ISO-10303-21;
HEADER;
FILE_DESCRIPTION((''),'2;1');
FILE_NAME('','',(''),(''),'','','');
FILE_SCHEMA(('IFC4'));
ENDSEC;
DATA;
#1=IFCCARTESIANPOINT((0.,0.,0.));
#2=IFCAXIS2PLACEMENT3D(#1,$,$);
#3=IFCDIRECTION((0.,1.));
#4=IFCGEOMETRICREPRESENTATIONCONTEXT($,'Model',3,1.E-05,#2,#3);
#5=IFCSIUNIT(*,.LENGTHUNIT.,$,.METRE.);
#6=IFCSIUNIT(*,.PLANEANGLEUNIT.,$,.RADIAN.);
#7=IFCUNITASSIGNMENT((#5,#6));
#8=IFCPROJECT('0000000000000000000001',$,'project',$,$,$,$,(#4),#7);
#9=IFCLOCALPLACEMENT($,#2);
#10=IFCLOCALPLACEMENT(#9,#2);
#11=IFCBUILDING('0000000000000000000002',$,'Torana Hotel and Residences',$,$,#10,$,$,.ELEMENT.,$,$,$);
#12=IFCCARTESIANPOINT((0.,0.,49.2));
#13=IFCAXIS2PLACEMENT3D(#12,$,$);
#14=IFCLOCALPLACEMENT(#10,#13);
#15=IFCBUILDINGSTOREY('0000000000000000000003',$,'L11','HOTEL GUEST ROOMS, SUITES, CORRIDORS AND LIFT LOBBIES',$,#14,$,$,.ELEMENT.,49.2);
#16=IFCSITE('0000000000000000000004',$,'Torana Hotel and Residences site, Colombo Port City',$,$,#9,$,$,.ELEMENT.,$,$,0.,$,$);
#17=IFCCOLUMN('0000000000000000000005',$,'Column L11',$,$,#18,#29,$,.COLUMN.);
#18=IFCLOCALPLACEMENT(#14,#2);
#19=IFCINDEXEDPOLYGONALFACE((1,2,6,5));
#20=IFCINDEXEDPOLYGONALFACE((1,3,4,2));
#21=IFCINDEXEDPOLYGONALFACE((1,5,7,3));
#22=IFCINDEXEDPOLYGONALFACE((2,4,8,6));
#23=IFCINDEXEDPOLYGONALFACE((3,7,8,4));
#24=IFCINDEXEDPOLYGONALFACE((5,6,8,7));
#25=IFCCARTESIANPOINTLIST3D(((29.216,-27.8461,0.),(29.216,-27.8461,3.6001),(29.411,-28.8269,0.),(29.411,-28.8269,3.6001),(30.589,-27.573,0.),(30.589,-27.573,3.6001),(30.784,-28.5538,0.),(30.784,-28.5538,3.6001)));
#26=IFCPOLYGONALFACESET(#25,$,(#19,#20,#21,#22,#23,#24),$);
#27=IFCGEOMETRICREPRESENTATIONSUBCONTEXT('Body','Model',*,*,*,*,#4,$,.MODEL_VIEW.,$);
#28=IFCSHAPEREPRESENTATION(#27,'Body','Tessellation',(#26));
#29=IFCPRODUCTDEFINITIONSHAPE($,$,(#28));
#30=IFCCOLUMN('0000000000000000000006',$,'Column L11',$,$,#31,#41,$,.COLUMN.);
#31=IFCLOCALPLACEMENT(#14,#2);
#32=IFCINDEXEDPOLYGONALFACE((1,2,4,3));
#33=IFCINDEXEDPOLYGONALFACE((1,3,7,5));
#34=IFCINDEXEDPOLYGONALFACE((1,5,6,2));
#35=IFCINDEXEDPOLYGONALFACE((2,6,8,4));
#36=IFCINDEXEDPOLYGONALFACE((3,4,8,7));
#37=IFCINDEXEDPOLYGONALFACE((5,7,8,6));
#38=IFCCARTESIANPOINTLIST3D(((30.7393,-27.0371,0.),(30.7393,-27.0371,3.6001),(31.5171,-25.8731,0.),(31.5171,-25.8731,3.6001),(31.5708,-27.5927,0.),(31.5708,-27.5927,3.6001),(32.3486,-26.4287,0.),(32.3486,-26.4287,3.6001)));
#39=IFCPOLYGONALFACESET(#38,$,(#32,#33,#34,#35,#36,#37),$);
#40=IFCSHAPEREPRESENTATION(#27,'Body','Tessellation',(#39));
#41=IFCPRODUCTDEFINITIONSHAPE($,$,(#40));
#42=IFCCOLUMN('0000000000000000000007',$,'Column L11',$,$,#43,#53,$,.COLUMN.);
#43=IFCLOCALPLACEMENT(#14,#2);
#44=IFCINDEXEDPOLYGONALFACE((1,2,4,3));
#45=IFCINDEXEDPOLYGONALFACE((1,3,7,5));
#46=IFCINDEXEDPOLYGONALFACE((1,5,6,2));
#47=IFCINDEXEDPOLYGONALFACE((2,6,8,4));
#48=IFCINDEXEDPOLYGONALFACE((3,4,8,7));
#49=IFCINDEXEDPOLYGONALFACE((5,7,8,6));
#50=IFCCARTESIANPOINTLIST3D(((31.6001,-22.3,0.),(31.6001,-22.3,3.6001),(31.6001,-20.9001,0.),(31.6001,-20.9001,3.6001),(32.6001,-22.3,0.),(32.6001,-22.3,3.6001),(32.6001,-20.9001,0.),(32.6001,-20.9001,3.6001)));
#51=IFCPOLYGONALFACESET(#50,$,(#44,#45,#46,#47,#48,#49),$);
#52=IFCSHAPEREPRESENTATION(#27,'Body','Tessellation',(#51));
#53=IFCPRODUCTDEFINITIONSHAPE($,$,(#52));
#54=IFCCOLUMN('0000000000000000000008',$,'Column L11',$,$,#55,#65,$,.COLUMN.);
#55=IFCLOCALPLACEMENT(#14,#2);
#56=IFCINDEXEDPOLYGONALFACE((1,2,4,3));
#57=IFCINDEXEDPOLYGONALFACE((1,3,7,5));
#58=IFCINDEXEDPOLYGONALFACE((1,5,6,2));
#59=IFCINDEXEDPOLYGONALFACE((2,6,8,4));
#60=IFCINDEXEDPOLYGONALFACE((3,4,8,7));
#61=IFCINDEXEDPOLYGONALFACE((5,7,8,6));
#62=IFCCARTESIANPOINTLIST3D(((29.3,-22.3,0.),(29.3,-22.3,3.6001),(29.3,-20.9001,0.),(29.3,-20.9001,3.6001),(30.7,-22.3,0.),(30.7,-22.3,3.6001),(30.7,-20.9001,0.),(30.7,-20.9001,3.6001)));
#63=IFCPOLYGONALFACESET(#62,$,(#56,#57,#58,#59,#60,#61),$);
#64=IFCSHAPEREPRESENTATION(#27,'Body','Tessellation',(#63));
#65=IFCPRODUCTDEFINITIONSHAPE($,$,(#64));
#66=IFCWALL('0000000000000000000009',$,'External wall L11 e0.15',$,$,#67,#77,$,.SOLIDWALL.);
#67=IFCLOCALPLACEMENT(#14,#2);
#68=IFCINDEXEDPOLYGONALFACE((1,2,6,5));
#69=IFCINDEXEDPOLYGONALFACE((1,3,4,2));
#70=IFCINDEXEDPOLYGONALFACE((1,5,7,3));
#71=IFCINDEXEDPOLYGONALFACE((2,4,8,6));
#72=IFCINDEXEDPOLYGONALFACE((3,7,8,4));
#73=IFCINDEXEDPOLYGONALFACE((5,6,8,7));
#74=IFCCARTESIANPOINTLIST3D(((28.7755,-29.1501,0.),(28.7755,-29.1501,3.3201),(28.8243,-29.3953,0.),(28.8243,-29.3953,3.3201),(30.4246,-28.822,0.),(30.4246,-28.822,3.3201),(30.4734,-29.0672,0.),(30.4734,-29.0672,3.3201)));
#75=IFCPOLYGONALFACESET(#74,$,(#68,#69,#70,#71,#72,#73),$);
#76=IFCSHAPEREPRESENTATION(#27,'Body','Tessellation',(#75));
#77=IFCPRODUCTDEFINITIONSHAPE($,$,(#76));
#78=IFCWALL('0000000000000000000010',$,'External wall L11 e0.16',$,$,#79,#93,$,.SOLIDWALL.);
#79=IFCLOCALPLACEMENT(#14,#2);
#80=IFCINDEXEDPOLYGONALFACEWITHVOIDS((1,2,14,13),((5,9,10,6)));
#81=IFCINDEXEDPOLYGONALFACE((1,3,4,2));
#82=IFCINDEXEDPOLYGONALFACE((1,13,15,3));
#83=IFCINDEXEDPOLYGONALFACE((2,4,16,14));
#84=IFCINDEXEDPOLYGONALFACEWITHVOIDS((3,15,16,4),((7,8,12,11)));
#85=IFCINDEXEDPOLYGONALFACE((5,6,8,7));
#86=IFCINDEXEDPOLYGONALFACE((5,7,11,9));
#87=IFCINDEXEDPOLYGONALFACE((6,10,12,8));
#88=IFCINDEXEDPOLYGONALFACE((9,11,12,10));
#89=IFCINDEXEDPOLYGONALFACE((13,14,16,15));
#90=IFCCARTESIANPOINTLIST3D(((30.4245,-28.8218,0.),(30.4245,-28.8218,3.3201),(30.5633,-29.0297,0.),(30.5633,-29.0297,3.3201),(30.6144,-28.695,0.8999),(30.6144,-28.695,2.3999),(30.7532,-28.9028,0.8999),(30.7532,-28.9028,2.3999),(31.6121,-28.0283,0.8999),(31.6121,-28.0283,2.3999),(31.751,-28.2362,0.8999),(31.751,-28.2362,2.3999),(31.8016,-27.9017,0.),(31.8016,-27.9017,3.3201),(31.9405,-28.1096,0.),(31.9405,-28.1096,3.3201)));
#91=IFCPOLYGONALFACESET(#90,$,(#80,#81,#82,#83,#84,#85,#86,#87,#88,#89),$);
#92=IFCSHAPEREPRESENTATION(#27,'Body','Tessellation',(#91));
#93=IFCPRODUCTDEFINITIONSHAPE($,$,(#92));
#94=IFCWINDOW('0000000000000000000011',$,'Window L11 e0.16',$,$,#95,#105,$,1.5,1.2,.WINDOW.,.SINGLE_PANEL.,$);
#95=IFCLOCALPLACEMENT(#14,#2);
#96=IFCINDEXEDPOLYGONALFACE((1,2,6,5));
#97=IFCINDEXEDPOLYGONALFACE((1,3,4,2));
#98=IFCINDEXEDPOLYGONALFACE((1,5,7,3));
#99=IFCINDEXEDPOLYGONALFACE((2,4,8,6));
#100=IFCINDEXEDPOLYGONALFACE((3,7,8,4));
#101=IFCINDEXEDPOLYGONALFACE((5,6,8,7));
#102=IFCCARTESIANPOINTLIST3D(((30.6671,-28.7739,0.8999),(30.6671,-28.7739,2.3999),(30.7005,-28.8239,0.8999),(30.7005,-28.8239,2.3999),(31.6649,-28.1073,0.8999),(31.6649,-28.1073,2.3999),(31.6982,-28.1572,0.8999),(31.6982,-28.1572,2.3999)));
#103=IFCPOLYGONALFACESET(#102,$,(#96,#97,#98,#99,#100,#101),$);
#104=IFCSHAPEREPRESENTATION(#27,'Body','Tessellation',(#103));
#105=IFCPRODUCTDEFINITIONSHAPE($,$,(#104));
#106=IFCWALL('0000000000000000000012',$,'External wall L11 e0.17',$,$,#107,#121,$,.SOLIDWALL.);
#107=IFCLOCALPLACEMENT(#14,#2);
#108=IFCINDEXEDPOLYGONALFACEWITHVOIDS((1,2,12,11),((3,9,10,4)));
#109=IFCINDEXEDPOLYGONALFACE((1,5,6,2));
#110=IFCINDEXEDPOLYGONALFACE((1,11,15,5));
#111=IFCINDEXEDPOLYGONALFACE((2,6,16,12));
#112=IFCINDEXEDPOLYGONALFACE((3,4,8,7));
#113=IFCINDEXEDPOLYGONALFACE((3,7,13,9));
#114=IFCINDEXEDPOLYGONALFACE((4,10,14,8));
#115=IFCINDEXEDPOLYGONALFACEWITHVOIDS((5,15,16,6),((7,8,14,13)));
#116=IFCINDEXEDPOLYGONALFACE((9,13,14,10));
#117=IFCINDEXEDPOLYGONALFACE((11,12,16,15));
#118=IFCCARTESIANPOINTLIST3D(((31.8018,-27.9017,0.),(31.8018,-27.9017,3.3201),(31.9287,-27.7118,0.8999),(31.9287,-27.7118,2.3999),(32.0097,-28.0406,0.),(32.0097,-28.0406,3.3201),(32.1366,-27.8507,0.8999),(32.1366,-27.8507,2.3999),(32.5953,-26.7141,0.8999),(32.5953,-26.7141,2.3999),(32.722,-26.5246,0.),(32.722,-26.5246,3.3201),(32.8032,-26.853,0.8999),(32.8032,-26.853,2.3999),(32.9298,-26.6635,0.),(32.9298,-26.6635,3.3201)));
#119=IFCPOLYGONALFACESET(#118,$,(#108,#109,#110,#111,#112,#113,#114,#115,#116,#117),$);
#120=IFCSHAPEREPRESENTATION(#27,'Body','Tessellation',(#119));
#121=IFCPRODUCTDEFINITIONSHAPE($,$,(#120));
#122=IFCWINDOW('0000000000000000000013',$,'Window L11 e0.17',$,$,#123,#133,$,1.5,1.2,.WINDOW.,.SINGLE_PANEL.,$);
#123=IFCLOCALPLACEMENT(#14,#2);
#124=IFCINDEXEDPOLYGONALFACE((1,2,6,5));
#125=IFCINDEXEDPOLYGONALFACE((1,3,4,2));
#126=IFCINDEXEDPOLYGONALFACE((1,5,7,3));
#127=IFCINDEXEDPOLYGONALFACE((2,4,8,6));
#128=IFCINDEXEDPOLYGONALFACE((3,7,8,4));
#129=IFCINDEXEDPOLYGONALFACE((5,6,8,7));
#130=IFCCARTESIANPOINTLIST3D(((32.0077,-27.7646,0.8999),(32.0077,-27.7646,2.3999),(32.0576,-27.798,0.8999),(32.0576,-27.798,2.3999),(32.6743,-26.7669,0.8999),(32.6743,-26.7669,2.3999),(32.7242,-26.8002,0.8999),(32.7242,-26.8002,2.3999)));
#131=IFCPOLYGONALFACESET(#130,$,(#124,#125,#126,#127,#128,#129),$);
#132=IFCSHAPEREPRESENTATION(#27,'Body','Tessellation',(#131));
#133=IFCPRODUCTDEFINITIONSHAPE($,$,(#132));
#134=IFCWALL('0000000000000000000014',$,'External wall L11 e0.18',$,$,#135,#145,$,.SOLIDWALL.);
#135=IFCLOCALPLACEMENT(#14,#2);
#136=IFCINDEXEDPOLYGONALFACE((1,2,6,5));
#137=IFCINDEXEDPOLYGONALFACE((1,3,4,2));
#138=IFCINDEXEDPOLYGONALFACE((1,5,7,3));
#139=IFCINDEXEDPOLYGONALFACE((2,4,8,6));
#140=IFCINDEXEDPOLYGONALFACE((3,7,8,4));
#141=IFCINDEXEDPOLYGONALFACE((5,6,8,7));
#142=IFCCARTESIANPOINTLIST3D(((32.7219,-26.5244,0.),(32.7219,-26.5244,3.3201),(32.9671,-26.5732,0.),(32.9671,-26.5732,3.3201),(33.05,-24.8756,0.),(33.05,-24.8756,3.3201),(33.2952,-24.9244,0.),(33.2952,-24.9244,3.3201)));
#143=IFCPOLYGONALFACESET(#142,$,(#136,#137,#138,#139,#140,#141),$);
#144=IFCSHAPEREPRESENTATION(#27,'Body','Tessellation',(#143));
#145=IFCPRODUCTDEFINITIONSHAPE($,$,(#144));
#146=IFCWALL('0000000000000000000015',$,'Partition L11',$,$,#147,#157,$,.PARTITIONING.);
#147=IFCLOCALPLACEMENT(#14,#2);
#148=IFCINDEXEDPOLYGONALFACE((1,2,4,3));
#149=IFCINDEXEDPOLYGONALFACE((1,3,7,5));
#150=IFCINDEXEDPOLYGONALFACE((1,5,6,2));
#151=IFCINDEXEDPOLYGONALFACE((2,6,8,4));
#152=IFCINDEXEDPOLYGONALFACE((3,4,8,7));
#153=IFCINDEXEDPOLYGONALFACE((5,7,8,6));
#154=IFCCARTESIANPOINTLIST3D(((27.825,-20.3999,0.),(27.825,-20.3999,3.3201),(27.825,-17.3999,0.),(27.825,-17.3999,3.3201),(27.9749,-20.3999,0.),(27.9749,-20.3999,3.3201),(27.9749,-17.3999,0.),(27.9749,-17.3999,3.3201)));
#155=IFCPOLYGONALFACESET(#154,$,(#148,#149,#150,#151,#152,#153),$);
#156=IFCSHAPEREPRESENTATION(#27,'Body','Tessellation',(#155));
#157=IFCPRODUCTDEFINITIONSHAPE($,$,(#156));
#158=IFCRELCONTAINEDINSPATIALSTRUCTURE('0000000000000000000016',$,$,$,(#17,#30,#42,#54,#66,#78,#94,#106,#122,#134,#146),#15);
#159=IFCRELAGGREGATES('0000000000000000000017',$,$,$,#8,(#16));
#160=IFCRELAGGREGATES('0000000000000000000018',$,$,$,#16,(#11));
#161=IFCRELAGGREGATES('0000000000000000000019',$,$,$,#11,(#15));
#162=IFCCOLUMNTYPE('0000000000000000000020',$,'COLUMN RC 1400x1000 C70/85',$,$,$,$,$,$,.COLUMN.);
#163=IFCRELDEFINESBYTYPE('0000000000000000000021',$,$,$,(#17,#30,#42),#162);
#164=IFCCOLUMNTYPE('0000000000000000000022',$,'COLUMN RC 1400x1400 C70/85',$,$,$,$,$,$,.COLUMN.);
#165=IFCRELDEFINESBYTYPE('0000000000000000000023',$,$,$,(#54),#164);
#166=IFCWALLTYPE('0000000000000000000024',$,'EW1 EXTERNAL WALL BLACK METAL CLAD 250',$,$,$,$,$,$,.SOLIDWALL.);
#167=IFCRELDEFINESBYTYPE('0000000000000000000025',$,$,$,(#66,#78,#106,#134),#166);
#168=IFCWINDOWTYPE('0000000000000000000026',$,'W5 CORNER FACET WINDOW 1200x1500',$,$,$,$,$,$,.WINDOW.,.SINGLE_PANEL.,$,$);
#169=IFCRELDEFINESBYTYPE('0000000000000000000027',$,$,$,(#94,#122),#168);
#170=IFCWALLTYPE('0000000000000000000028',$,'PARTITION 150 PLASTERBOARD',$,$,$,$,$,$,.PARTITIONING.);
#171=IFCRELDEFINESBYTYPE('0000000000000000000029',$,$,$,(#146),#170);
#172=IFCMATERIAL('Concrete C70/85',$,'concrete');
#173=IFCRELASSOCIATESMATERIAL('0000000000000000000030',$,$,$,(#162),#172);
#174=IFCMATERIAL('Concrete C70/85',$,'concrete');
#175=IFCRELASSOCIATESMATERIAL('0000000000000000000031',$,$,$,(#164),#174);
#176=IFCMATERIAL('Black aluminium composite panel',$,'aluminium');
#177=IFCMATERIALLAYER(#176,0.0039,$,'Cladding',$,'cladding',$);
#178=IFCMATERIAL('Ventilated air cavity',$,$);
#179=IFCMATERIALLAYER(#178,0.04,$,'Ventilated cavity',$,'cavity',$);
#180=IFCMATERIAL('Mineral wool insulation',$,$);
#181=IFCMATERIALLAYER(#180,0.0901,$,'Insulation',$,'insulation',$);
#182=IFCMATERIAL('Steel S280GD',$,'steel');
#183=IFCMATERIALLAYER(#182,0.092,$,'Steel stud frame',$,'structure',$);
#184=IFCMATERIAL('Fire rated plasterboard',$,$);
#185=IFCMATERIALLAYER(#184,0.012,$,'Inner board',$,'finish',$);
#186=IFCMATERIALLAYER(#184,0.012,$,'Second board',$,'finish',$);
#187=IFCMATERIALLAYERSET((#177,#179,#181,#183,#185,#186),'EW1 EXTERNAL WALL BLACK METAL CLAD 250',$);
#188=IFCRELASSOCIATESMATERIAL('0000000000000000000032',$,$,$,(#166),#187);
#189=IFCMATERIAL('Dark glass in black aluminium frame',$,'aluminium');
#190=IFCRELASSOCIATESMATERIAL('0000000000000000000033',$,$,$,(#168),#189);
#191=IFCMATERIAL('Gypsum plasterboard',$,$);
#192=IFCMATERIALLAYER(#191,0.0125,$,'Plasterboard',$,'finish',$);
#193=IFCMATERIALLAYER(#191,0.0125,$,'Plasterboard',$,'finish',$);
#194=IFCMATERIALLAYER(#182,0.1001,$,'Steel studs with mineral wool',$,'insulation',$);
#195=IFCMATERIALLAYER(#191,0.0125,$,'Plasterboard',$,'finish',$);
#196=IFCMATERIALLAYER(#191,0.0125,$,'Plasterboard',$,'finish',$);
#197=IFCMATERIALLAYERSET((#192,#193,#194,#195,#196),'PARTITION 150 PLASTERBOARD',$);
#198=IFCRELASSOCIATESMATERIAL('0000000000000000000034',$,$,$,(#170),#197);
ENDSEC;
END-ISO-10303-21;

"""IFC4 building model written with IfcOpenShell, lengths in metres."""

from ifc_helpers import new_model, si_unit, direction, frame, frame_2d, origin, origin_2d, place, context, subcontext, project, spatial, rectangle, extrude, material, layer, layer_set, material_profile, profile_set, type_object, element, fill, save


model = new_model("IFC4")

# Units and contexts
model_context = context("Model", 3, precision=1e-05, world=origin(), true_north=direction((0.0, 1.0)))
body_context = subcontext(model_context, "Body", "Model", "MODEL_VIEW")
ifc_project = project(units=[si_unit("LENGTHUNIT", "METRE"), si_unit("PLANEANGLEUNIT", "RADIAN")], contexts=[model_context])

# Site, building, storey
site_placement = place(None, origin())
site = spatial("IfcSite", under=ifc_project, at=site_placement, Name="Torana Hotel and Residences site, Colombo Port City", CompositionType="ELEMENT", RefElevation=0.0)
building_placement = place(site_placement, origin())
building = spatial("IfcBuilding", under=site, at=building_placement, Name="Torana Hotel and Residences", CompositionType="ELEMENT")
storey_placement = place(building_placement, frame((0.0, 0.0, 49.2)))
storey = spatial("IfcBuildingStorey", under=building, at=storey_placement, Name="L11", Description="HOTEL GUEST ROOMS, SUITES, CORRIDORS AND LIFT LOBBIES", CompositionType="ELEMENT", Elevation=49.2)

# Columns
ifc_material_1 = material(Name="Concrete C70/85", Category="concrete")
ifc_material_profile_1 = material_profile(ifc_material_1, rectangle(XDim=1.3999, YDim=1.0, at=origin_2d()), Name="RC 1400x1000")
ifc_profile_set_1 = profile_set([ifc_material_profile_1], Name="Concrete C70/85")
column_type_1 = type_object("IfcColumnType", Name="COLUMN RC 1400x1000 C70/85", PredefinedType="COLUMN", material=ifc_profile_set_1)
for number, where, z_axis, x_axis, name in (
    (1, (30.0, -28.2, 0.0), (0.0, 0.0, 1.0), (0.980792, 0.195056, 0.0), "Column L11"),
    (2, (31.5439, -26.7329, 0.0), (0.0, 0.0, 1.0), (0.555585, 0.83146, 0.0), "Column L11"),
    (3, (32.1001, -21.6001, 0.0), (0.0, 0.0, 1.0), (0.0, 1.0, 0.0), "Column L11"),
):
    element("IfcColumn", number, at=place(storey_placement, frame(where, z_axis=z_axis, x_axis=x_axis)), inside=storey, type_object=column_type_1, Name=name, PredefinedType="COLUMN", context=body_context, shape_type="SweptSolid", body=[
        extrude(rectangle(XDim=1.3999, YDim=1.0, at=origin_2d()), origin(), (0.0, 0.0, 1.0), 3.6001),
    ])
ifc_material_2 = material(Name="Concrete C70/85", Category="concrete")
ifc_material_profile_2 = material_profile(ifc_material_2, rectangle(XDim=1.3999, YDim=1.3999, at=origin_2d()), Name="RC 1400x1400")
ifc_profile_set_2 = profile_set([ifc_material_profile_2], Name="Concrete C70/85")
column_type_2 = type_object("IfcColumnType", Name="COLUMN RC 1400x1400 C70/85", PredefinedType="COLUMN", material=ifc_profile_set_2)
column_placement = place(storey_placement, frame((30.0, -21.6001, 0.0), z_axis=(0.0, 0.0, 1.0), x_axis=(1.0, 0.0, 0.0)))
element("IfcColumn", 4, at=column_placement, inside=storey, type_object=column_type_2, Name="Column L11", PredefinedType="COLUMN", context=body_context, shape_type="SweptSolid", body=[
    extrude(rectangle(XDim=1.3999, YDim=1.3999, at=origin_2d()), origin(), (0.0, 0.0, 1.0), 3.6001),
])

# Wall
ifc_material_3 = material(Name="Black aluminium composite panel", Category="aluminium")
ifc_layer_1 = layer(ifc_material_3, 0.0039, Name="Cladding", Category="cladding")
ifc_material_4 = material(Name="Ventilated air cavity")
ifc_layer_2 = layer(ifc_material_4, 0.04, Name="Ventilated cavity", Category="cavity")
ifc_material_5 = material(Name="Mineral wool insulation")
ifc_layer_3 = layer(ifc_material_5, 0.0901, Name="Insulation", Category="insulation")
ifc_material_6 = material(Name="Steel S280GD", Category="steel")
ifc_layer_4 = layer(ifc_material_6, 0.092, Name="Steel stud frame", Category="structure")
ifc_material_7 = material(Name="Fire rated plasterboard")
ifc_layer_5 = layer(ifc_material_7, 0.012, Name="Inner board", Category="finish")
ifc_layer_6 = layer(ifc_material_7, 0.012, Name="Second board", Category="finish")
ifc_layer_set_1 = layer_set([ifc_layer_1, ifc_layer_2, ifc_layer_3, ifc_layer_4, ifc_layer_5, ifc_layer_6], Name="EW1 EXTERNAL WALL BLACK METAL CLAD 250")
wall_type_1 = type_object("IfcWallType", Name="EW1 EXTERNAL WALL BLACK METAL CLAD 250", PredefinedType="SOLIDWALL", material=ifc_layer_set_1)
wall_1_placement = place(storey_placement, frame((28.7998, -29.2727, 0.0), z_axis=(0.0, 0.0, 1.0), x_axis=(0.980776, 0.195139, 0.0)))
element("IfcWall", 5, at=wall_1_placement, inside=storey, type_object=wall_type_1, Name="External wall L11 e0.15", PredefinedType="SOLIDWALL", context=body_context, shape_type="SweptSolid", body=[
    extrude(rectangle(XDim=1.6814, YDim=0.25, at=frame_2d((0.8408, 0.0))), origin(), (0.0, 0.0, 1.0), 3.3201),
])

# Walls, openings, windows
wall_2_placement = place(storey_placement, frame((30.4939, -28.9258, 0.0), z_axis=(0.0, 0.0, 1.0), x_axis=(0.831483, 0.55555, 0.0)))
wall_2 = element("IfcWall", 6, at=wall_2_placement, inside=storey, type_object=wall_type_1, Name="External wall L11 e0.16", PredefinedType="SOLIDWALL", context=body_context, shape_type="SweptSolid", body=[
    extrude(rectangle(XDim=1.6562, YDim=0.25, at=frame_2d((0.8281, 0.0))), origin(), (0.0, 0.0, 1.0), 3.3201),
])
opening_1_placement = place(wall_2_placement, frame((0.2283, 0.0, 0.8999)))
opening_1 = element("IfcOpeningElement", 7, at=opening_1_placement, cuts=wall_2, PredefinedType="OPENING", context=body_context, shape_type="SweptSolid", body=[
    extrude(rectangle(XDim=1.2, YDim=1.5, at=frame_2d((0.6001, 0.75))), frame((0.0, 0.135, 0.0), z_axis=(0.0, -1.0, 0.0), x_axis=(1.0, 0.0, 0.0)), (0.0, 0.0, 1.0), 0.27),
])
ifc_material_8 = material(Name="Dark glass in black aluminium frame", Category="aluminium")
window_type_1 = type_object("IfcWindowType", Name="W5 CORNER FACET WINDOW 1200x1500", PartitioningType="SINGLE_PANEL", PredefinedType="WINDOW", material=ifc_material_8)
window_1_placement = place(opening_1_placement, origin())
window_1 = element("IfcWindow", 8, at=window_1_placement, inside=storey, type_object=window_type_1, Name="Window L11 e0.16", OverallHeight=1.5, OverallWidth=1.2, PartitioningType="SINGLE_PANEL", PredefinedType="WINDOW", context=body_context, shape_type="SweptSolid", body=[
    extrude(rectangle(XDim=1.2, YDim=1.5, at=frame_2d((0.6001, 0.75))), frame((0.0, 0.03, 0.0), z_axis=(0.0, -1.0, 0.0), x_axis=(1.0, 0.0, 0.0)), (0.0, 0.0, 1.0), 0.0601),
])
fill(opening_1, window_1)
wall_3_placement = place(storey_placement, frame((31.9058, -27.9712, 0.0), z_axis=(0.0, 0.0, 1.0), x_axis=(0.55555, 0.831483, 0.0)))
wall_3 = element("IfcWall", 9, at=wall_3_placement, inside=storey, type_object=wall_type_1, Name="External wall L11 e0.17", PredefinedType="SOLIDWALL", context=body_context, shape_type="SweptSolid", body=[
    extrude(rectangle(XDim=1.6562, YDim=0.25, at=frame_2d((0.8281, 0.0))), origin(), (0.0, 0.0, 1.0), 3.3201),
])
opening_2_placement = place(wall_3_placement, frame((0.2283, 0.0, 0.8999)))
opening_2 = element("IfcOpeningElement", 10, at=opening_2_placement, cuts=wall_3, PredefinedType="OPENING", context=body_context, shape_type="SweptSolid", body=[
    extrude(rectangle(XDim=1.2, YDim=1.5, at=frame_2d((0.6001, 0.75))), frame((0.0, 0.135, 0.0), z_axis=(0.0, -1.0, 0.0), x_axis=(1.0, 0.0, 0.0)), (0.0, 0.0, 1.0), 0.27),
])
window_2_placement = place(opening_2_placement, origin())
window_2 = element("IfcWindow", 11, at=window_2_placement, inside=storey, type_object=window_type_1, Name="Window L11 e0.17", OverallHeight=1.5, OverallWidth=1.2, PartitioningType="SINGLE_PANEL", PredefinedType="WINDOW", context=body_context, shape_type="SweptSolid", body=[
    extrude(rectangle(XDim=1.2, YDim=1.5, at=frame_2d((0.6001, 0.75))), frame((0.0, 0.03, 0.0), z_axis=(0.0, -1.0, 0.0), x_axis=(1.0, 0.0, 0.0)), (0.0, 0.0, 1.0), 0.0601),
])
fill(opening_2, window_2)

# Wall
wall_4_placement = place(storey_placement, frame((32.8445, -26.5488, 0.0), z_axis=(0.0, 0.0, 1.0), x_axis=(0.195167, 0.98077, 0.0)))
element("IfcWall", 12, at=wall_4_placement, inside=storey, type_object=wall_type_1, Name="External wall L11 e0.18", PredefinedType="SOLIDWALL", context=body_context, shape_type="SweptSolid", body=[
    extrude(rectangle(XDim=1.6812, YDim=0.25, at=frame_2d((0.8406, 0.0))), origin(), (0.0, 0.0, 1.0), 3.3201),
])

# Wall
ifc_material_9 = material(Name="Gypsum plasterboard")
ifc_layer_7 = layer(ifc_material_9, 0.0125, Name="Plasterboard", Category="finish")
ifc_layer_8 = layer(ifc_material_9, 0.0125, Name="Plasterboard", Category="finish")
ifc_layer_9 = layer(ifc_material_6, 0.1001, Name="Steel studs with mineral wool", Category="insulation")
ifc_layer_10 = layer(ifc_material_9, 0.0125, Name="Plasterboard", Category="finish")
ifc_layer_11 = layer(ifc_material_9, 0.0125, Name="Plasterboard", Category="finish")
ifc_layer_set_2 = layer_set([ifc_layer_7, ifc_layer_8, ifc_layer_9, ifc_layer_10, ifc_layer_11], Name="PARTITION 150 PLASTERBOARD")
wall_type_2 = type_object("IfcWallType", Name="PARTITION 150 PLASTERBOARD", PredefinedType="PARTITIONING", material=ifc_layer_set_2)
wall_5_placement = place(storey_placement, frame((27.8999, -20.3999, 0.0), z_axis=(0.0, 0.0, 1.0), x_axis=(0.0, 1.0, 0.0)))
element("IfcWall", 13, at=wall_5_placement, inside=storey, type_object=wall_type_2, Name="Partition L11", PredefinedType="PARTITIONING", context=body_context, shape_type="SweptSolid", body=[
    extrude(rectangle(XDim=3.0, YDim=0.1499, at=frame_2d((1.5, 0.0))), origin(), (0.0, 0.0, 1.0), 3.3201),
])

save(model, "model.ifc")
